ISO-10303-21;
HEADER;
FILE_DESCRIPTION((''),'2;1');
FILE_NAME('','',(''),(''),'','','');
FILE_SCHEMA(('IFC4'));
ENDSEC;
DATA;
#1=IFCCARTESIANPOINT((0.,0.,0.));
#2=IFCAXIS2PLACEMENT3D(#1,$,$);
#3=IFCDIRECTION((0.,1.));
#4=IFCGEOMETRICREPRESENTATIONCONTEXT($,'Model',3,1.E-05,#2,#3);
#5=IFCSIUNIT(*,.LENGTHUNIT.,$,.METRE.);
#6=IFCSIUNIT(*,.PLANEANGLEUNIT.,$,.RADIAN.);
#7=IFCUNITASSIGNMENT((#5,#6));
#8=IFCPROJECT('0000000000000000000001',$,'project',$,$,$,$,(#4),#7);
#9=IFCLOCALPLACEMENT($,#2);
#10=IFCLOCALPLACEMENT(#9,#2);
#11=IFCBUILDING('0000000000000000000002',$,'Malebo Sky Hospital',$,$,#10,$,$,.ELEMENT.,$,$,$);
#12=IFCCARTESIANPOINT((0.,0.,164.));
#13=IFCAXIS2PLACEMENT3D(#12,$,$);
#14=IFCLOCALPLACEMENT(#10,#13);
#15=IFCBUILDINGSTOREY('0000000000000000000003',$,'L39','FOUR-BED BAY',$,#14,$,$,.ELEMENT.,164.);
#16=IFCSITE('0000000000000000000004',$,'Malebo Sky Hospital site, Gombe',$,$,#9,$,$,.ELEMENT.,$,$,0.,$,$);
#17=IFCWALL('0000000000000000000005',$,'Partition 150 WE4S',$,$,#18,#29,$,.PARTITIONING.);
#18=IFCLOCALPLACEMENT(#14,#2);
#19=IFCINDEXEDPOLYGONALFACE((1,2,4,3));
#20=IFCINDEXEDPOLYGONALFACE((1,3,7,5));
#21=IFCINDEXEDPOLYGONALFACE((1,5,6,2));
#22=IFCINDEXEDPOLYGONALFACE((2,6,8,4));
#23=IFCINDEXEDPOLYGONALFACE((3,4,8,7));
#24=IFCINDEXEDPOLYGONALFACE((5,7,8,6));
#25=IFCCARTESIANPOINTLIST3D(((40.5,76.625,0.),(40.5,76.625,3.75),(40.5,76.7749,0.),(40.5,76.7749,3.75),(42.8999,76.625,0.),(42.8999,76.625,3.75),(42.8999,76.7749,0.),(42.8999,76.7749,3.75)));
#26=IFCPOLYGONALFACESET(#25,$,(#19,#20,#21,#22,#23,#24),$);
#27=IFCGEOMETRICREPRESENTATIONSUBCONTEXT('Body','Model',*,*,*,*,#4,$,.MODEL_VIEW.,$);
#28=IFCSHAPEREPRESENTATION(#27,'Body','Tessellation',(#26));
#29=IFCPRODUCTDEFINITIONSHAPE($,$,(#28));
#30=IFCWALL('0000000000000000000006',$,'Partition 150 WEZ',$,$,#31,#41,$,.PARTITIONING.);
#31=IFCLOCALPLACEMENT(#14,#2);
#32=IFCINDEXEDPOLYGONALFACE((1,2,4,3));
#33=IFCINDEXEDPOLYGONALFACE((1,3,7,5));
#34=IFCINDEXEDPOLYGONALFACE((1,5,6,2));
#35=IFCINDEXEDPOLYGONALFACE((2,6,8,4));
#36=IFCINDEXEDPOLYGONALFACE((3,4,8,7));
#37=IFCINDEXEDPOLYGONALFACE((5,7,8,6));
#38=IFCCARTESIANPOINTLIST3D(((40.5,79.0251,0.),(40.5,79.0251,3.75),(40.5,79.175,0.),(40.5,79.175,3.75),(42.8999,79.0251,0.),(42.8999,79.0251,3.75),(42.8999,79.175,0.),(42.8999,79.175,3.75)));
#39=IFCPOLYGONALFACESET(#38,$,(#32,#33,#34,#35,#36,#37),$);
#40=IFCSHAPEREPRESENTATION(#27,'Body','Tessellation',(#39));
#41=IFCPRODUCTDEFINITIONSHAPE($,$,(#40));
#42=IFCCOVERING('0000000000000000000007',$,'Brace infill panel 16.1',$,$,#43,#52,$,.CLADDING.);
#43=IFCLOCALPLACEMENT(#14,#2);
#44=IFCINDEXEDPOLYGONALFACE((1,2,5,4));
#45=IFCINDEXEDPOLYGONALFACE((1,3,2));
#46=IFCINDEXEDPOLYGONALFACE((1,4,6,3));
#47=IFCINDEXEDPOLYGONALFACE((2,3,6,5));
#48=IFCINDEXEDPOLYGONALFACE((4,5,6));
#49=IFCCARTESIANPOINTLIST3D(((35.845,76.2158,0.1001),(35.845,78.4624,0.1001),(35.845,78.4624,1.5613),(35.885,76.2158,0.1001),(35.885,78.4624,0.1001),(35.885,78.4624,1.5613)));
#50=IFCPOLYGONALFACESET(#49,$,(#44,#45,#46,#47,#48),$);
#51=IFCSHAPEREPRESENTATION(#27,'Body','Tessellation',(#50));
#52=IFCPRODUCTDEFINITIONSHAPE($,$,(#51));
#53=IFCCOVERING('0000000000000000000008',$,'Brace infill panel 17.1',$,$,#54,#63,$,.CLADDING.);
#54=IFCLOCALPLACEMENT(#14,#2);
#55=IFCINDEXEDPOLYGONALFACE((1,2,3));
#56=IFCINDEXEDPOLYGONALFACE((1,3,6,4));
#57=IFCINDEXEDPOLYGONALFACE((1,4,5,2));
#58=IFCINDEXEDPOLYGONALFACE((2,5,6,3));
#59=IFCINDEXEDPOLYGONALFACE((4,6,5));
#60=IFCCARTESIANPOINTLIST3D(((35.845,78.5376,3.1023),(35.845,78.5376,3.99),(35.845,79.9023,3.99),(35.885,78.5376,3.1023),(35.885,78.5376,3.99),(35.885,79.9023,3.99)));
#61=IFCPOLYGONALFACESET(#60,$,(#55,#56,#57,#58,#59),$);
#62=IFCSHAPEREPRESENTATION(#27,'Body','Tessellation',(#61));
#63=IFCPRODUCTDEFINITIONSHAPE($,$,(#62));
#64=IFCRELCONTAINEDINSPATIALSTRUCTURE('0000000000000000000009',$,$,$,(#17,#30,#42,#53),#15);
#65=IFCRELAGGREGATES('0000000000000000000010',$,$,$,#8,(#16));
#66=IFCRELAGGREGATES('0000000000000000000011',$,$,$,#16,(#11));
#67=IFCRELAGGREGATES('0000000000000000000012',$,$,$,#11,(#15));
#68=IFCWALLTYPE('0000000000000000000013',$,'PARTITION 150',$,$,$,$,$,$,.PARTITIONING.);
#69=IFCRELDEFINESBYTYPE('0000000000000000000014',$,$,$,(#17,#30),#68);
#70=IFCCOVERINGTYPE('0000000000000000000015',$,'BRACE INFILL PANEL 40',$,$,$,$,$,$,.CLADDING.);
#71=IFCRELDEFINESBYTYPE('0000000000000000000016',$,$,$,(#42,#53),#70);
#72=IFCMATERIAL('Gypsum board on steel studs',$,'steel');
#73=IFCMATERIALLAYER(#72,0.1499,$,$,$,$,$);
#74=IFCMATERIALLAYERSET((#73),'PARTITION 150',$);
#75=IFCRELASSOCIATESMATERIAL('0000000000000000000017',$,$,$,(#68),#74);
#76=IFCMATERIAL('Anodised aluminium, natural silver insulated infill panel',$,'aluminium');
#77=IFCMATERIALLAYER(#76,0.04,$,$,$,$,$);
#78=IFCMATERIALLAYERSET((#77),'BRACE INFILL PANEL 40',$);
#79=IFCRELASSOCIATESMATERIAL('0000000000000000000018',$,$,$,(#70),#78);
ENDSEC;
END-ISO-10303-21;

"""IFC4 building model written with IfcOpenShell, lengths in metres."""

from ifc_helpers import new_model, si_unit, direction, frame, frame_2d, origin, place, context, subcontext, project, spatial, polyline, rectangle, outline, extrude, material, layer, layer_set, type_object, element, save


model = new_model("IFC4")

# Units and contexts
model_context = context("Model", 3, precision=1e-05, world=origin(), true_north=direction((0.0, 1.0)))
body_context = subcontext(model_context, "Body", "Model", "MODEL_VIEW")
ifc_project = project(units=[si_unit("LENGTHUNIT", "METRE"), si_unit("PLANEANGLEUNIT", "RADIAN")], contexts=[model_context])

# Site, building, storey
site_placement = place(None, origin())
site = spatial("IfcSite", under=ifc_project, at=site_placement, Name="Malebo Sky Hospital site, Gombe", CompositionType="ELEMENT", RefElevation=0.0)
building_placement = place(site_placement, origin())
building = spatial("IfcBuilding", under=site, at=building_placement, Name="Malebo Sky Hospital", CompositionType="ELEMENT")
storey_placement = place(building_placement, frame((0.0, 0.0, 164.0)))
storey = spatial("IfcBuildingStorey", under=building, at=storey_placement, Name="L39", Description="FOUR-BED BAY", CompositionType="ELEMENT", Elevation=164.0)

# Shared definitions
ifc_material_1 = material(Name="Gypsum board on steel studs", Category="steel")

# Shared definitions
ifc_layer_1 = layer(ifc_material_1, 0.1499)
ifc_layer_set_1 = layer_set([ifc_layer_1], Name="PARTITION 150")
wall_type_1 = type_object("IfcWallType", Name="PARTITION 150", PredefinedType="PARTITIONING", material=ifc_layer_set_1)

# Walls
for number, where, z_axis, x_axis, name in (
    (1, (42.8999, 76.7, 0.0), (0.0, 0.0, 1.0), (-1.0, 0.0, 0.0), "Partition 150 WE4S"),
    (2, (42.8999, 79.1001, 0.0), (0.0, 0.0, 1.0), (-1.0, 0.0, 0.0), "Partition 150 WEZ"),
):
    element("IfcWall", number, at=place(storey_placement, frame(where, z_axis=z_axis, x_axis=x_axis)), inside=storey, type_object=wall_type_1, Name=name, PredefinedType="PARTITIONING", context=body_context, shape_type="SweptSolid", body=[
        extrude(rectangle(XDim=2.3999, YDim=0.1499, at=frame_2d((1.2, 0.0))), origin(), (0.0, 0.0, 1.0), 3.75),
    ])

# Coverings
ifc_material_2 = material(Name="Anodised aluminium, natural silver insulated infill panel", Category="aluminium")
ifc_layer_2 = layer(ifc_material_2, 0.04)
ifc_layer_set_2 = layer_set([ifc_layer_2], Name="BRACE INFILL PANEL 40")
covering_type = type_object("IfcCoveringType", Name="BRACE INFILL PANEL 40", PredefinedType="CLADDING", material=ifc_layer_set_2)
covering_1_placement = place(storey_placement, frame((35.865, 77.3391, 0.1001), z_axis=(0.0, 0.0, 1.0), x_axis=(0.0, 1.0, 0.0)))
element("IfcCovering", 3, at=covering_1_placement, inside=storey, type_object=covering_type, Name="Brace infill panel 16.1", PredefinedType="CLADDING", context=body_context, shape_type="SweptSolid", body=[
    extrude(outline(polyline([(-1.1233, 0.0), (1.1233, 0.0), (1.1233, 1.4612), (-1.1233, 0.0)])), frame((0.0, 0.02, 0.0), z_axis=(0.0, -1.0, 0.0), x_axis=(1.0, 0.0, 0.0)), (0.0, 0.0, 1.0), 0.04),
])
covering_2_placement = place(storey_placement, frame((35.865, 79.22, 3.1023), z_axis=(0.0, 0.0, 1.0), x_axis=(0.0, 1.0, 0.0)))
element("IfcCovering", 4, at=covering_2_placement, inside=storey, type_object=covering_type, Name="Brace infill panel 17.1", PredefinedType="CLADDING", context=body_context, shape_type="SweptSolid", body=[
    extrude(outline(polyline([(-0.6824, 0.0), (0.6824, 0.8877), (-0.6824, 0.8877), (-0.6824, 0.0)])), frame((0.0, 0.02, 0.0), z_axis=(0.0, -1.0, 0.0), x_axis=(1.0, 0.0, 0.0)), (0.0, 0.0, 1.0), 0.04),
])

save(model, "model.ifc")
